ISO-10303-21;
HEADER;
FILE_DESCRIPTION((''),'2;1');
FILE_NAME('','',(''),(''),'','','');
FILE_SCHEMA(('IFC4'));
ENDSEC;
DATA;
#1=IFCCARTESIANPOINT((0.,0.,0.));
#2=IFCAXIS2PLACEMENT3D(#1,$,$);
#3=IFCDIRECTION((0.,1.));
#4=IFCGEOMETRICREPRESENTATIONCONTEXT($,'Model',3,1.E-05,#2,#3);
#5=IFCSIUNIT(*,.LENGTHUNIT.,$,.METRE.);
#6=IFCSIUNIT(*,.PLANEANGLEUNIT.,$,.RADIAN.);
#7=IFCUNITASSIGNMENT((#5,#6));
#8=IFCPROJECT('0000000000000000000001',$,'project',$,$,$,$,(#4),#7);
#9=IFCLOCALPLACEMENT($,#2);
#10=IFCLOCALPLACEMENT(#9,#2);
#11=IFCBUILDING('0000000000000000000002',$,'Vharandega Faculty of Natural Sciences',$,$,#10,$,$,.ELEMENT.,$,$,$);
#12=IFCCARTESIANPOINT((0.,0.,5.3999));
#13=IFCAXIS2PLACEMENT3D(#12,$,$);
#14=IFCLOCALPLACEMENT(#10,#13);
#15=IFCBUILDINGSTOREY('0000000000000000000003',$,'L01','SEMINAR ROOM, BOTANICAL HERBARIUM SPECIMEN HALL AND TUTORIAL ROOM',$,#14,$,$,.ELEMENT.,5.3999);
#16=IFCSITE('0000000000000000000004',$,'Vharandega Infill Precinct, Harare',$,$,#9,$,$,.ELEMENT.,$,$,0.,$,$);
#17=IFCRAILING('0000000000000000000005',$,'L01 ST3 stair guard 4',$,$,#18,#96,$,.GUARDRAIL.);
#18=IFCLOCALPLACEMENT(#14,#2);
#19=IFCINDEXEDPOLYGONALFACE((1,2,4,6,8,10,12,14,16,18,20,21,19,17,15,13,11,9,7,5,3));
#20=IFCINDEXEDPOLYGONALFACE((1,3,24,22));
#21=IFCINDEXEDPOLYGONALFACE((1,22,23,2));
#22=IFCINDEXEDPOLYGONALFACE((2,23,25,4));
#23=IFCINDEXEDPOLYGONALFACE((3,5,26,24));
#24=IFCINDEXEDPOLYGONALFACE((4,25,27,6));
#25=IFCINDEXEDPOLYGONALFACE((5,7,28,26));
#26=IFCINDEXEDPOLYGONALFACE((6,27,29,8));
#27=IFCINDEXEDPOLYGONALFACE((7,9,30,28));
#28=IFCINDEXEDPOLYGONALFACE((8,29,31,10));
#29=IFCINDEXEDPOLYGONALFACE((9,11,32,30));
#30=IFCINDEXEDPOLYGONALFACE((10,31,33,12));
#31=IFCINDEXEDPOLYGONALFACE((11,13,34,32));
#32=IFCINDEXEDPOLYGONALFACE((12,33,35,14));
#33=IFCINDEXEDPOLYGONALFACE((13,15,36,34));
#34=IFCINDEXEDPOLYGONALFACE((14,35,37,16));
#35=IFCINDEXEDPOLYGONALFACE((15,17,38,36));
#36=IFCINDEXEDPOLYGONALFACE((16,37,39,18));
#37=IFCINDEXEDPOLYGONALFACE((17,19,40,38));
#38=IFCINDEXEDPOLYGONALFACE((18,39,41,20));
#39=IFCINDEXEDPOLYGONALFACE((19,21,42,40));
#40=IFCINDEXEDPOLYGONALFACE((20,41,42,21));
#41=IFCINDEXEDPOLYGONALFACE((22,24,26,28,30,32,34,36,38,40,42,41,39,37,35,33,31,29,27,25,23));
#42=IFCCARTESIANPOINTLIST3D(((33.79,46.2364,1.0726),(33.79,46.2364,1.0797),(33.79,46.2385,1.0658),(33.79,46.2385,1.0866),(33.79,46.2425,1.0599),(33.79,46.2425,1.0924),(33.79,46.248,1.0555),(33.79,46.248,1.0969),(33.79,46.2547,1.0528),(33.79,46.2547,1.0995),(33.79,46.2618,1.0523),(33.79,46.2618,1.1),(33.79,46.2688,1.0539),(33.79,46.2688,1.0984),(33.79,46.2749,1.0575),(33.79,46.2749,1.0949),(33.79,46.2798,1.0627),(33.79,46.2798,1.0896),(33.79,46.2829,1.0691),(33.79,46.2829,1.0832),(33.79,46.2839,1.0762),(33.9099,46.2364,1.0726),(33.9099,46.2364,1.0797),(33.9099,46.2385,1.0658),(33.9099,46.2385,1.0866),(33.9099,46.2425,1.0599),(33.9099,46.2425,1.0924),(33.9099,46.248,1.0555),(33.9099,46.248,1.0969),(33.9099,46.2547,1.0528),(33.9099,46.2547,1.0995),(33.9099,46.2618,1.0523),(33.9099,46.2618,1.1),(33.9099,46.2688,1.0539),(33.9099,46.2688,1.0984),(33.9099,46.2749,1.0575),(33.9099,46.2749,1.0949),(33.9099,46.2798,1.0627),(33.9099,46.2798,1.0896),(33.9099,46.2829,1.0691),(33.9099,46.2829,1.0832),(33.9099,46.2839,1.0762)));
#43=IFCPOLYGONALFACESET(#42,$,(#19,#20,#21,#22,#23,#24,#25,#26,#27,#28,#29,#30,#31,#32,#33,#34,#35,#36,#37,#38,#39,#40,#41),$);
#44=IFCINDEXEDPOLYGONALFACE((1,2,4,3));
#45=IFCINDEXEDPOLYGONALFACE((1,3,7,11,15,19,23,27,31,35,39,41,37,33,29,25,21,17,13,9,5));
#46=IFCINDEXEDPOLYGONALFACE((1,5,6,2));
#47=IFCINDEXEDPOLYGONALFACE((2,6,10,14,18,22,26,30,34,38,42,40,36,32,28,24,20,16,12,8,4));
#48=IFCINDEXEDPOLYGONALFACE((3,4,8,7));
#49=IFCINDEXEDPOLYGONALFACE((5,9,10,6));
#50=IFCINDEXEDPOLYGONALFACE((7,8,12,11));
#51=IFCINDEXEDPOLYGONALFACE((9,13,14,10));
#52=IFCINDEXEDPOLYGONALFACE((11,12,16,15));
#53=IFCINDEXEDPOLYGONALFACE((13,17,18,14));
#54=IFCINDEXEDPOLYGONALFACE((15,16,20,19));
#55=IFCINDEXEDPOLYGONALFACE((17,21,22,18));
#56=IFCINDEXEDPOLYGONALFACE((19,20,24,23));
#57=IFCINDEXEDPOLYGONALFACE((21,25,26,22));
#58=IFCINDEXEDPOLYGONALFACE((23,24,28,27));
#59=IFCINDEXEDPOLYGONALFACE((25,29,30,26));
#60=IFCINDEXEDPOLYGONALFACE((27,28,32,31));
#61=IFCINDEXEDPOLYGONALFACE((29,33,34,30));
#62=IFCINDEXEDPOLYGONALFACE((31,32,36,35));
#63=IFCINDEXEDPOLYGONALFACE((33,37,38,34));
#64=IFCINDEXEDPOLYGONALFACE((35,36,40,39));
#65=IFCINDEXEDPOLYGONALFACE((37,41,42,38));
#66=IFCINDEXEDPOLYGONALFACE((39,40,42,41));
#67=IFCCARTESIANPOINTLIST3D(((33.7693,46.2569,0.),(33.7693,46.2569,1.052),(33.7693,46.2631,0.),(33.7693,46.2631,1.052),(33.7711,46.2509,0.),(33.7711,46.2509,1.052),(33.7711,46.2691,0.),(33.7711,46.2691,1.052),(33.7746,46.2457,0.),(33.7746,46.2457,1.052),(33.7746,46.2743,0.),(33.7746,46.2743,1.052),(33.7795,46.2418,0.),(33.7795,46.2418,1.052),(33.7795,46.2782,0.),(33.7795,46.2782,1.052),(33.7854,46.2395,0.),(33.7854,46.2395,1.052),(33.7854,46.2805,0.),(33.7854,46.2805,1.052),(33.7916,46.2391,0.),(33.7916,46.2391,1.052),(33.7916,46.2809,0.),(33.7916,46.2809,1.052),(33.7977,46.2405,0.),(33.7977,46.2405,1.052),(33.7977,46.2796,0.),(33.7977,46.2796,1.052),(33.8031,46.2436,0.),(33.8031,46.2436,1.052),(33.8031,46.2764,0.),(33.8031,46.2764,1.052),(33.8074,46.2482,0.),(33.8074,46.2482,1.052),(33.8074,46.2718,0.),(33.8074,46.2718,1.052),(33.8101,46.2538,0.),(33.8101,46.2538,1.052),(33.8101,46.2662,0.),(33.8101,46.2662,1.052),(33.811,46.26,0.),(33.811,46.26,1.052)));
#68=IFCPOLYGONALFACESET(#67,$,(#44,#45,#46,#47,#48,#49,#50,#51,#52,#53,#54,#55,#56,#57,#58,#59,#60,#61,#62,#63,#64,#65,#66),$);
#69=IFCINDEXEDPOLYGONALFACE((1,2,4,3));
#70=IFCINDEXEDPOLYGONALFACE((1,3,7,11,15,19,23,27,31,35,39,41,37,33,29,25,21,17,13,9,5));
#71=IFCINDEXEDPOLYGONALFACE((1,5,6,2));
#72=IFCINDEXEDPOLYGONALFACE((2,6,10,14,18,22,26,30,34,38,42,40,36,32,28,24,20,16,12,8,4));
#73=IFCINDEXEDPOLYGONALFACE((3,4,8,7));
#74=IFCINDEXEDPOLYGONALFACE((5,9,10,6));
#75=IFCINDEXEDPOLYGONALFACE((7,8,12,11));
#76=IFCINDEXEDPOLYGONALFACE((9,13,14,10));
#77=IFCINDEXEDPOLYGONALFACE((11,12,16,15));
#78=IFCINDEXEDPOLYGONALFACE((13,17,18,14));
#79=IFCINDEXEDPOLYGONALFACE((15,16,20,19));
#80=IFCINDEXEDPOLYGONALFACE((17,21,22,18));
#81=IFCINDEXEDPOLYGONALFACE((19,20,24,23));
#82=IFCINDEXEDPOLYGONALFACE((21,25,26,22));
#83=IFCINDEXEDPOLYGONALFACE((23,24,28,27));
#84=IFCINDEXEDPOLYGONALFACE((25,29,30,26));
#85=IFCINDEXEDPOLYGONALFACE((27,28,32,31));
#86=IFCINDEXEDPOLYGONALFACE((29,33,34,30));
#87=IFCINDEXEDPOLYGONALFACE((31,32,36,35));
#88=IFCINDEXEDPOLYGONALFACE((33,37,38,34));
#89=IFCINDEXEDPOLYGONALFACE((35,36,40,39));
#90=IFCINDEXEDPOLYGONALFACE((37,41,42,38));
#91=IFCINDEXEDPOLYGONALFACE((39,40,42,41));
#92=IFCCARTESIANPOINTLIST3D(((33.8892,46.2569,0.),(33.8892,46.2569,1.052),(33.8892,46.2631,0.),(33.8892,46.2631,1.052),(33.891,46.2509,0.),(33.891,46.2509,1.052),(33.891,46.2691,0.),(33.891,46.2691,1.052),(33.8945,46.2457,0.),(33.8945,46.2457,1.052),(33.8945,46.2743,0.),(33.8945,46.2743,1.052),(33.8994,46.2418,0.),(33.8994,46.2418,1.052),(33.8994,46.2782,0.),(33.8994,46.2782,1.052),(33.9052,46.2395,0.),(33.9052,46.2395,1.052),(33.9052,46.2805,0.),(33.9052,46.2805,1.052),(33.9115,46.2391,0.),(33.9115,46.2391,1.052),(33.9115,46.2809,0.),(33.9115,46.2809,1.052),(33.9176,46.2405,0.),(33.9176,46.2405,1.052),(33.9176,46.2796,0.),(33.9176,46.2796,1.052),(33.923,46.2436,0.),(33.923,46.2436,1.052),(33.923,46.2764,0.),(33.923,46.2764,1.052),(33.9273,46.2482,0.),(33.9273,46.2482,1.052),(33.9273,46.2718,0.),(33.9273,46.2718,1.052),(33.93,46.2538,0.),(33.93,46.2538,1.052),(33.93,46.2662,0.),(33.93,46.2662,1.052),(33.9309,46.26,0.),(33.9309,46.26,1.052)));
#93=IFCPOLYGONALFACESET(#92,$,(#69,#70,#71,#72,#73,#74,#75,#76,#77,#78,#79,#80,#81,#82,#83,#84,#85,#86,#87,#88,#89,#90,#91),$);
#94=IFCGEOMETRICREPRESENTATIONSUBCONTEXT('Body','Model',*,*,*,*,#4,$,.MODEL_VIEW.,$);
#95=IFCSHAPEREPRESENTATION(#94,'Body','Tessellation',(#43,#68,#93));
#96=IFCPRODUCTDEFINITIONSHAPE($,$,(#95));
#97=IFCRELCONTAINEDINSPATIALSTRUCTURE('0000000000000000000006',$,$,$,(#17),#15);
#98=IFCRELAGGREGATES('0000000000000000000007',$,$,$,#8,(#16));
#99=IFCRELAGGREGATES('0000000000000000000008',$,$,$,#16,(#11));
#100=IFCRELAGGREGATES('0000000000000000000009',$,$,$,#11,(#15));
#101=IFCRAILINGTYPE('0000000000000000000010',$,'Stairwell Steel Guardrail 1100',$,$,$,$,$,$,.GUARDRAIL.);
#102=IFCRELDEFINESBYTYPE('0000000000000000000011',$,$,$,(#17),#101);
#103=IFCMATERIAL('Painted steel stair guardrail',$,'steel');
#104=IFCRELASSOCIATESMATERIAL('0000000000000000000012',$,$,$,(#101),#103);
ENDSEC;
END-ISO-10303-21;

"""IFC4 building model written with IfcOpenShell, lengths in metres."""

from ifc_helpers import new_model, si_unit, direction, frame, origin, origin_2d, place, context, subcontext, project, spatial, circle, extrude, material, type_object, element, save


model = new_model("IFC4")

# Units and contexts
model_context = context("Model", 3, precision=1e-05, world=origin(), true_north=direction((0.0, 1.0)))
body_context = subcontext(model_context, "Body", "Model", "MODEL_VIEW")
ifc_project = project(units=[si_unit("LENGTHUNIT", "METRE"), si_unit("PLANEANGLEUNIT", "RADIAN")], contexts=[model_context])

# Site, building, storey
site_placement = place(None, origin())
site = spatial("IfcSite", under=ifc_project, at=site_placement, Name="Vharandega Infill Precinct, Harare", CompositionType="ELEMENT", RefElevation=0.0)
building_placement = place(site_placement, origin())
building = spatial("IfcBuilding", under=site, at=building_placement, Name="Vharandega Faculty of Natural Sciences", CompositionType="ELEMENT")
storey_placement = place(building_placement, frame((0.0, 0.0, 5.3999)))
storey = spatial("IfcBuildingStorey", under=building, at=storey_placement, Name="L01", Description="SEMINAR ROOM, BOTANICAL HERBARIUM SPECIMEN HALL AND TUTORIAL ROOM", CompositionType="ELEMENT", Elevation=5.3999)

# Railing
ifc_material_1 = material(Name="Painted steel stair guardrail", Category="steel")
railing_type_1 = type_object("IfcRailingType", Name="Stairwell Steel Guardrail 1100", PredefinedType="GUARDRAIL", material=ifc_material_1)
railing_1_placement = place(storey_placement, frame((33.79, 46.26, 0.0)))
element("IfcRailing", 1, at=railing_1_placement, inside=storey, type_object=railing_type_1, Name="L01 ST3 stair guard 4", PredefinedType="GUARDRAIL", context=body_context, shape_type="SweptSolid", body=[
    extrude(circle(Radius=0.0239, at=origin_2d()), frame((0.0, 0.0, 1.0762), z_axis=(1.0, 0.0, 0.0), x_axis=(0.0, 1.0, 0.0)), (0.0, 0.0, 1.0), 0.1199),
    extrude(circle(Radius=0.021, at=origin_2d()), origin(), (0.0, 0.0, 1.0), 1.052),
    extrude(circle(Radius=0.021, at=origin_2d()), frame((0.1199, 0.0, 0.0)), (0.0, 0.0, 1.0), 1.052),
])

save(model, "model.ifc")
